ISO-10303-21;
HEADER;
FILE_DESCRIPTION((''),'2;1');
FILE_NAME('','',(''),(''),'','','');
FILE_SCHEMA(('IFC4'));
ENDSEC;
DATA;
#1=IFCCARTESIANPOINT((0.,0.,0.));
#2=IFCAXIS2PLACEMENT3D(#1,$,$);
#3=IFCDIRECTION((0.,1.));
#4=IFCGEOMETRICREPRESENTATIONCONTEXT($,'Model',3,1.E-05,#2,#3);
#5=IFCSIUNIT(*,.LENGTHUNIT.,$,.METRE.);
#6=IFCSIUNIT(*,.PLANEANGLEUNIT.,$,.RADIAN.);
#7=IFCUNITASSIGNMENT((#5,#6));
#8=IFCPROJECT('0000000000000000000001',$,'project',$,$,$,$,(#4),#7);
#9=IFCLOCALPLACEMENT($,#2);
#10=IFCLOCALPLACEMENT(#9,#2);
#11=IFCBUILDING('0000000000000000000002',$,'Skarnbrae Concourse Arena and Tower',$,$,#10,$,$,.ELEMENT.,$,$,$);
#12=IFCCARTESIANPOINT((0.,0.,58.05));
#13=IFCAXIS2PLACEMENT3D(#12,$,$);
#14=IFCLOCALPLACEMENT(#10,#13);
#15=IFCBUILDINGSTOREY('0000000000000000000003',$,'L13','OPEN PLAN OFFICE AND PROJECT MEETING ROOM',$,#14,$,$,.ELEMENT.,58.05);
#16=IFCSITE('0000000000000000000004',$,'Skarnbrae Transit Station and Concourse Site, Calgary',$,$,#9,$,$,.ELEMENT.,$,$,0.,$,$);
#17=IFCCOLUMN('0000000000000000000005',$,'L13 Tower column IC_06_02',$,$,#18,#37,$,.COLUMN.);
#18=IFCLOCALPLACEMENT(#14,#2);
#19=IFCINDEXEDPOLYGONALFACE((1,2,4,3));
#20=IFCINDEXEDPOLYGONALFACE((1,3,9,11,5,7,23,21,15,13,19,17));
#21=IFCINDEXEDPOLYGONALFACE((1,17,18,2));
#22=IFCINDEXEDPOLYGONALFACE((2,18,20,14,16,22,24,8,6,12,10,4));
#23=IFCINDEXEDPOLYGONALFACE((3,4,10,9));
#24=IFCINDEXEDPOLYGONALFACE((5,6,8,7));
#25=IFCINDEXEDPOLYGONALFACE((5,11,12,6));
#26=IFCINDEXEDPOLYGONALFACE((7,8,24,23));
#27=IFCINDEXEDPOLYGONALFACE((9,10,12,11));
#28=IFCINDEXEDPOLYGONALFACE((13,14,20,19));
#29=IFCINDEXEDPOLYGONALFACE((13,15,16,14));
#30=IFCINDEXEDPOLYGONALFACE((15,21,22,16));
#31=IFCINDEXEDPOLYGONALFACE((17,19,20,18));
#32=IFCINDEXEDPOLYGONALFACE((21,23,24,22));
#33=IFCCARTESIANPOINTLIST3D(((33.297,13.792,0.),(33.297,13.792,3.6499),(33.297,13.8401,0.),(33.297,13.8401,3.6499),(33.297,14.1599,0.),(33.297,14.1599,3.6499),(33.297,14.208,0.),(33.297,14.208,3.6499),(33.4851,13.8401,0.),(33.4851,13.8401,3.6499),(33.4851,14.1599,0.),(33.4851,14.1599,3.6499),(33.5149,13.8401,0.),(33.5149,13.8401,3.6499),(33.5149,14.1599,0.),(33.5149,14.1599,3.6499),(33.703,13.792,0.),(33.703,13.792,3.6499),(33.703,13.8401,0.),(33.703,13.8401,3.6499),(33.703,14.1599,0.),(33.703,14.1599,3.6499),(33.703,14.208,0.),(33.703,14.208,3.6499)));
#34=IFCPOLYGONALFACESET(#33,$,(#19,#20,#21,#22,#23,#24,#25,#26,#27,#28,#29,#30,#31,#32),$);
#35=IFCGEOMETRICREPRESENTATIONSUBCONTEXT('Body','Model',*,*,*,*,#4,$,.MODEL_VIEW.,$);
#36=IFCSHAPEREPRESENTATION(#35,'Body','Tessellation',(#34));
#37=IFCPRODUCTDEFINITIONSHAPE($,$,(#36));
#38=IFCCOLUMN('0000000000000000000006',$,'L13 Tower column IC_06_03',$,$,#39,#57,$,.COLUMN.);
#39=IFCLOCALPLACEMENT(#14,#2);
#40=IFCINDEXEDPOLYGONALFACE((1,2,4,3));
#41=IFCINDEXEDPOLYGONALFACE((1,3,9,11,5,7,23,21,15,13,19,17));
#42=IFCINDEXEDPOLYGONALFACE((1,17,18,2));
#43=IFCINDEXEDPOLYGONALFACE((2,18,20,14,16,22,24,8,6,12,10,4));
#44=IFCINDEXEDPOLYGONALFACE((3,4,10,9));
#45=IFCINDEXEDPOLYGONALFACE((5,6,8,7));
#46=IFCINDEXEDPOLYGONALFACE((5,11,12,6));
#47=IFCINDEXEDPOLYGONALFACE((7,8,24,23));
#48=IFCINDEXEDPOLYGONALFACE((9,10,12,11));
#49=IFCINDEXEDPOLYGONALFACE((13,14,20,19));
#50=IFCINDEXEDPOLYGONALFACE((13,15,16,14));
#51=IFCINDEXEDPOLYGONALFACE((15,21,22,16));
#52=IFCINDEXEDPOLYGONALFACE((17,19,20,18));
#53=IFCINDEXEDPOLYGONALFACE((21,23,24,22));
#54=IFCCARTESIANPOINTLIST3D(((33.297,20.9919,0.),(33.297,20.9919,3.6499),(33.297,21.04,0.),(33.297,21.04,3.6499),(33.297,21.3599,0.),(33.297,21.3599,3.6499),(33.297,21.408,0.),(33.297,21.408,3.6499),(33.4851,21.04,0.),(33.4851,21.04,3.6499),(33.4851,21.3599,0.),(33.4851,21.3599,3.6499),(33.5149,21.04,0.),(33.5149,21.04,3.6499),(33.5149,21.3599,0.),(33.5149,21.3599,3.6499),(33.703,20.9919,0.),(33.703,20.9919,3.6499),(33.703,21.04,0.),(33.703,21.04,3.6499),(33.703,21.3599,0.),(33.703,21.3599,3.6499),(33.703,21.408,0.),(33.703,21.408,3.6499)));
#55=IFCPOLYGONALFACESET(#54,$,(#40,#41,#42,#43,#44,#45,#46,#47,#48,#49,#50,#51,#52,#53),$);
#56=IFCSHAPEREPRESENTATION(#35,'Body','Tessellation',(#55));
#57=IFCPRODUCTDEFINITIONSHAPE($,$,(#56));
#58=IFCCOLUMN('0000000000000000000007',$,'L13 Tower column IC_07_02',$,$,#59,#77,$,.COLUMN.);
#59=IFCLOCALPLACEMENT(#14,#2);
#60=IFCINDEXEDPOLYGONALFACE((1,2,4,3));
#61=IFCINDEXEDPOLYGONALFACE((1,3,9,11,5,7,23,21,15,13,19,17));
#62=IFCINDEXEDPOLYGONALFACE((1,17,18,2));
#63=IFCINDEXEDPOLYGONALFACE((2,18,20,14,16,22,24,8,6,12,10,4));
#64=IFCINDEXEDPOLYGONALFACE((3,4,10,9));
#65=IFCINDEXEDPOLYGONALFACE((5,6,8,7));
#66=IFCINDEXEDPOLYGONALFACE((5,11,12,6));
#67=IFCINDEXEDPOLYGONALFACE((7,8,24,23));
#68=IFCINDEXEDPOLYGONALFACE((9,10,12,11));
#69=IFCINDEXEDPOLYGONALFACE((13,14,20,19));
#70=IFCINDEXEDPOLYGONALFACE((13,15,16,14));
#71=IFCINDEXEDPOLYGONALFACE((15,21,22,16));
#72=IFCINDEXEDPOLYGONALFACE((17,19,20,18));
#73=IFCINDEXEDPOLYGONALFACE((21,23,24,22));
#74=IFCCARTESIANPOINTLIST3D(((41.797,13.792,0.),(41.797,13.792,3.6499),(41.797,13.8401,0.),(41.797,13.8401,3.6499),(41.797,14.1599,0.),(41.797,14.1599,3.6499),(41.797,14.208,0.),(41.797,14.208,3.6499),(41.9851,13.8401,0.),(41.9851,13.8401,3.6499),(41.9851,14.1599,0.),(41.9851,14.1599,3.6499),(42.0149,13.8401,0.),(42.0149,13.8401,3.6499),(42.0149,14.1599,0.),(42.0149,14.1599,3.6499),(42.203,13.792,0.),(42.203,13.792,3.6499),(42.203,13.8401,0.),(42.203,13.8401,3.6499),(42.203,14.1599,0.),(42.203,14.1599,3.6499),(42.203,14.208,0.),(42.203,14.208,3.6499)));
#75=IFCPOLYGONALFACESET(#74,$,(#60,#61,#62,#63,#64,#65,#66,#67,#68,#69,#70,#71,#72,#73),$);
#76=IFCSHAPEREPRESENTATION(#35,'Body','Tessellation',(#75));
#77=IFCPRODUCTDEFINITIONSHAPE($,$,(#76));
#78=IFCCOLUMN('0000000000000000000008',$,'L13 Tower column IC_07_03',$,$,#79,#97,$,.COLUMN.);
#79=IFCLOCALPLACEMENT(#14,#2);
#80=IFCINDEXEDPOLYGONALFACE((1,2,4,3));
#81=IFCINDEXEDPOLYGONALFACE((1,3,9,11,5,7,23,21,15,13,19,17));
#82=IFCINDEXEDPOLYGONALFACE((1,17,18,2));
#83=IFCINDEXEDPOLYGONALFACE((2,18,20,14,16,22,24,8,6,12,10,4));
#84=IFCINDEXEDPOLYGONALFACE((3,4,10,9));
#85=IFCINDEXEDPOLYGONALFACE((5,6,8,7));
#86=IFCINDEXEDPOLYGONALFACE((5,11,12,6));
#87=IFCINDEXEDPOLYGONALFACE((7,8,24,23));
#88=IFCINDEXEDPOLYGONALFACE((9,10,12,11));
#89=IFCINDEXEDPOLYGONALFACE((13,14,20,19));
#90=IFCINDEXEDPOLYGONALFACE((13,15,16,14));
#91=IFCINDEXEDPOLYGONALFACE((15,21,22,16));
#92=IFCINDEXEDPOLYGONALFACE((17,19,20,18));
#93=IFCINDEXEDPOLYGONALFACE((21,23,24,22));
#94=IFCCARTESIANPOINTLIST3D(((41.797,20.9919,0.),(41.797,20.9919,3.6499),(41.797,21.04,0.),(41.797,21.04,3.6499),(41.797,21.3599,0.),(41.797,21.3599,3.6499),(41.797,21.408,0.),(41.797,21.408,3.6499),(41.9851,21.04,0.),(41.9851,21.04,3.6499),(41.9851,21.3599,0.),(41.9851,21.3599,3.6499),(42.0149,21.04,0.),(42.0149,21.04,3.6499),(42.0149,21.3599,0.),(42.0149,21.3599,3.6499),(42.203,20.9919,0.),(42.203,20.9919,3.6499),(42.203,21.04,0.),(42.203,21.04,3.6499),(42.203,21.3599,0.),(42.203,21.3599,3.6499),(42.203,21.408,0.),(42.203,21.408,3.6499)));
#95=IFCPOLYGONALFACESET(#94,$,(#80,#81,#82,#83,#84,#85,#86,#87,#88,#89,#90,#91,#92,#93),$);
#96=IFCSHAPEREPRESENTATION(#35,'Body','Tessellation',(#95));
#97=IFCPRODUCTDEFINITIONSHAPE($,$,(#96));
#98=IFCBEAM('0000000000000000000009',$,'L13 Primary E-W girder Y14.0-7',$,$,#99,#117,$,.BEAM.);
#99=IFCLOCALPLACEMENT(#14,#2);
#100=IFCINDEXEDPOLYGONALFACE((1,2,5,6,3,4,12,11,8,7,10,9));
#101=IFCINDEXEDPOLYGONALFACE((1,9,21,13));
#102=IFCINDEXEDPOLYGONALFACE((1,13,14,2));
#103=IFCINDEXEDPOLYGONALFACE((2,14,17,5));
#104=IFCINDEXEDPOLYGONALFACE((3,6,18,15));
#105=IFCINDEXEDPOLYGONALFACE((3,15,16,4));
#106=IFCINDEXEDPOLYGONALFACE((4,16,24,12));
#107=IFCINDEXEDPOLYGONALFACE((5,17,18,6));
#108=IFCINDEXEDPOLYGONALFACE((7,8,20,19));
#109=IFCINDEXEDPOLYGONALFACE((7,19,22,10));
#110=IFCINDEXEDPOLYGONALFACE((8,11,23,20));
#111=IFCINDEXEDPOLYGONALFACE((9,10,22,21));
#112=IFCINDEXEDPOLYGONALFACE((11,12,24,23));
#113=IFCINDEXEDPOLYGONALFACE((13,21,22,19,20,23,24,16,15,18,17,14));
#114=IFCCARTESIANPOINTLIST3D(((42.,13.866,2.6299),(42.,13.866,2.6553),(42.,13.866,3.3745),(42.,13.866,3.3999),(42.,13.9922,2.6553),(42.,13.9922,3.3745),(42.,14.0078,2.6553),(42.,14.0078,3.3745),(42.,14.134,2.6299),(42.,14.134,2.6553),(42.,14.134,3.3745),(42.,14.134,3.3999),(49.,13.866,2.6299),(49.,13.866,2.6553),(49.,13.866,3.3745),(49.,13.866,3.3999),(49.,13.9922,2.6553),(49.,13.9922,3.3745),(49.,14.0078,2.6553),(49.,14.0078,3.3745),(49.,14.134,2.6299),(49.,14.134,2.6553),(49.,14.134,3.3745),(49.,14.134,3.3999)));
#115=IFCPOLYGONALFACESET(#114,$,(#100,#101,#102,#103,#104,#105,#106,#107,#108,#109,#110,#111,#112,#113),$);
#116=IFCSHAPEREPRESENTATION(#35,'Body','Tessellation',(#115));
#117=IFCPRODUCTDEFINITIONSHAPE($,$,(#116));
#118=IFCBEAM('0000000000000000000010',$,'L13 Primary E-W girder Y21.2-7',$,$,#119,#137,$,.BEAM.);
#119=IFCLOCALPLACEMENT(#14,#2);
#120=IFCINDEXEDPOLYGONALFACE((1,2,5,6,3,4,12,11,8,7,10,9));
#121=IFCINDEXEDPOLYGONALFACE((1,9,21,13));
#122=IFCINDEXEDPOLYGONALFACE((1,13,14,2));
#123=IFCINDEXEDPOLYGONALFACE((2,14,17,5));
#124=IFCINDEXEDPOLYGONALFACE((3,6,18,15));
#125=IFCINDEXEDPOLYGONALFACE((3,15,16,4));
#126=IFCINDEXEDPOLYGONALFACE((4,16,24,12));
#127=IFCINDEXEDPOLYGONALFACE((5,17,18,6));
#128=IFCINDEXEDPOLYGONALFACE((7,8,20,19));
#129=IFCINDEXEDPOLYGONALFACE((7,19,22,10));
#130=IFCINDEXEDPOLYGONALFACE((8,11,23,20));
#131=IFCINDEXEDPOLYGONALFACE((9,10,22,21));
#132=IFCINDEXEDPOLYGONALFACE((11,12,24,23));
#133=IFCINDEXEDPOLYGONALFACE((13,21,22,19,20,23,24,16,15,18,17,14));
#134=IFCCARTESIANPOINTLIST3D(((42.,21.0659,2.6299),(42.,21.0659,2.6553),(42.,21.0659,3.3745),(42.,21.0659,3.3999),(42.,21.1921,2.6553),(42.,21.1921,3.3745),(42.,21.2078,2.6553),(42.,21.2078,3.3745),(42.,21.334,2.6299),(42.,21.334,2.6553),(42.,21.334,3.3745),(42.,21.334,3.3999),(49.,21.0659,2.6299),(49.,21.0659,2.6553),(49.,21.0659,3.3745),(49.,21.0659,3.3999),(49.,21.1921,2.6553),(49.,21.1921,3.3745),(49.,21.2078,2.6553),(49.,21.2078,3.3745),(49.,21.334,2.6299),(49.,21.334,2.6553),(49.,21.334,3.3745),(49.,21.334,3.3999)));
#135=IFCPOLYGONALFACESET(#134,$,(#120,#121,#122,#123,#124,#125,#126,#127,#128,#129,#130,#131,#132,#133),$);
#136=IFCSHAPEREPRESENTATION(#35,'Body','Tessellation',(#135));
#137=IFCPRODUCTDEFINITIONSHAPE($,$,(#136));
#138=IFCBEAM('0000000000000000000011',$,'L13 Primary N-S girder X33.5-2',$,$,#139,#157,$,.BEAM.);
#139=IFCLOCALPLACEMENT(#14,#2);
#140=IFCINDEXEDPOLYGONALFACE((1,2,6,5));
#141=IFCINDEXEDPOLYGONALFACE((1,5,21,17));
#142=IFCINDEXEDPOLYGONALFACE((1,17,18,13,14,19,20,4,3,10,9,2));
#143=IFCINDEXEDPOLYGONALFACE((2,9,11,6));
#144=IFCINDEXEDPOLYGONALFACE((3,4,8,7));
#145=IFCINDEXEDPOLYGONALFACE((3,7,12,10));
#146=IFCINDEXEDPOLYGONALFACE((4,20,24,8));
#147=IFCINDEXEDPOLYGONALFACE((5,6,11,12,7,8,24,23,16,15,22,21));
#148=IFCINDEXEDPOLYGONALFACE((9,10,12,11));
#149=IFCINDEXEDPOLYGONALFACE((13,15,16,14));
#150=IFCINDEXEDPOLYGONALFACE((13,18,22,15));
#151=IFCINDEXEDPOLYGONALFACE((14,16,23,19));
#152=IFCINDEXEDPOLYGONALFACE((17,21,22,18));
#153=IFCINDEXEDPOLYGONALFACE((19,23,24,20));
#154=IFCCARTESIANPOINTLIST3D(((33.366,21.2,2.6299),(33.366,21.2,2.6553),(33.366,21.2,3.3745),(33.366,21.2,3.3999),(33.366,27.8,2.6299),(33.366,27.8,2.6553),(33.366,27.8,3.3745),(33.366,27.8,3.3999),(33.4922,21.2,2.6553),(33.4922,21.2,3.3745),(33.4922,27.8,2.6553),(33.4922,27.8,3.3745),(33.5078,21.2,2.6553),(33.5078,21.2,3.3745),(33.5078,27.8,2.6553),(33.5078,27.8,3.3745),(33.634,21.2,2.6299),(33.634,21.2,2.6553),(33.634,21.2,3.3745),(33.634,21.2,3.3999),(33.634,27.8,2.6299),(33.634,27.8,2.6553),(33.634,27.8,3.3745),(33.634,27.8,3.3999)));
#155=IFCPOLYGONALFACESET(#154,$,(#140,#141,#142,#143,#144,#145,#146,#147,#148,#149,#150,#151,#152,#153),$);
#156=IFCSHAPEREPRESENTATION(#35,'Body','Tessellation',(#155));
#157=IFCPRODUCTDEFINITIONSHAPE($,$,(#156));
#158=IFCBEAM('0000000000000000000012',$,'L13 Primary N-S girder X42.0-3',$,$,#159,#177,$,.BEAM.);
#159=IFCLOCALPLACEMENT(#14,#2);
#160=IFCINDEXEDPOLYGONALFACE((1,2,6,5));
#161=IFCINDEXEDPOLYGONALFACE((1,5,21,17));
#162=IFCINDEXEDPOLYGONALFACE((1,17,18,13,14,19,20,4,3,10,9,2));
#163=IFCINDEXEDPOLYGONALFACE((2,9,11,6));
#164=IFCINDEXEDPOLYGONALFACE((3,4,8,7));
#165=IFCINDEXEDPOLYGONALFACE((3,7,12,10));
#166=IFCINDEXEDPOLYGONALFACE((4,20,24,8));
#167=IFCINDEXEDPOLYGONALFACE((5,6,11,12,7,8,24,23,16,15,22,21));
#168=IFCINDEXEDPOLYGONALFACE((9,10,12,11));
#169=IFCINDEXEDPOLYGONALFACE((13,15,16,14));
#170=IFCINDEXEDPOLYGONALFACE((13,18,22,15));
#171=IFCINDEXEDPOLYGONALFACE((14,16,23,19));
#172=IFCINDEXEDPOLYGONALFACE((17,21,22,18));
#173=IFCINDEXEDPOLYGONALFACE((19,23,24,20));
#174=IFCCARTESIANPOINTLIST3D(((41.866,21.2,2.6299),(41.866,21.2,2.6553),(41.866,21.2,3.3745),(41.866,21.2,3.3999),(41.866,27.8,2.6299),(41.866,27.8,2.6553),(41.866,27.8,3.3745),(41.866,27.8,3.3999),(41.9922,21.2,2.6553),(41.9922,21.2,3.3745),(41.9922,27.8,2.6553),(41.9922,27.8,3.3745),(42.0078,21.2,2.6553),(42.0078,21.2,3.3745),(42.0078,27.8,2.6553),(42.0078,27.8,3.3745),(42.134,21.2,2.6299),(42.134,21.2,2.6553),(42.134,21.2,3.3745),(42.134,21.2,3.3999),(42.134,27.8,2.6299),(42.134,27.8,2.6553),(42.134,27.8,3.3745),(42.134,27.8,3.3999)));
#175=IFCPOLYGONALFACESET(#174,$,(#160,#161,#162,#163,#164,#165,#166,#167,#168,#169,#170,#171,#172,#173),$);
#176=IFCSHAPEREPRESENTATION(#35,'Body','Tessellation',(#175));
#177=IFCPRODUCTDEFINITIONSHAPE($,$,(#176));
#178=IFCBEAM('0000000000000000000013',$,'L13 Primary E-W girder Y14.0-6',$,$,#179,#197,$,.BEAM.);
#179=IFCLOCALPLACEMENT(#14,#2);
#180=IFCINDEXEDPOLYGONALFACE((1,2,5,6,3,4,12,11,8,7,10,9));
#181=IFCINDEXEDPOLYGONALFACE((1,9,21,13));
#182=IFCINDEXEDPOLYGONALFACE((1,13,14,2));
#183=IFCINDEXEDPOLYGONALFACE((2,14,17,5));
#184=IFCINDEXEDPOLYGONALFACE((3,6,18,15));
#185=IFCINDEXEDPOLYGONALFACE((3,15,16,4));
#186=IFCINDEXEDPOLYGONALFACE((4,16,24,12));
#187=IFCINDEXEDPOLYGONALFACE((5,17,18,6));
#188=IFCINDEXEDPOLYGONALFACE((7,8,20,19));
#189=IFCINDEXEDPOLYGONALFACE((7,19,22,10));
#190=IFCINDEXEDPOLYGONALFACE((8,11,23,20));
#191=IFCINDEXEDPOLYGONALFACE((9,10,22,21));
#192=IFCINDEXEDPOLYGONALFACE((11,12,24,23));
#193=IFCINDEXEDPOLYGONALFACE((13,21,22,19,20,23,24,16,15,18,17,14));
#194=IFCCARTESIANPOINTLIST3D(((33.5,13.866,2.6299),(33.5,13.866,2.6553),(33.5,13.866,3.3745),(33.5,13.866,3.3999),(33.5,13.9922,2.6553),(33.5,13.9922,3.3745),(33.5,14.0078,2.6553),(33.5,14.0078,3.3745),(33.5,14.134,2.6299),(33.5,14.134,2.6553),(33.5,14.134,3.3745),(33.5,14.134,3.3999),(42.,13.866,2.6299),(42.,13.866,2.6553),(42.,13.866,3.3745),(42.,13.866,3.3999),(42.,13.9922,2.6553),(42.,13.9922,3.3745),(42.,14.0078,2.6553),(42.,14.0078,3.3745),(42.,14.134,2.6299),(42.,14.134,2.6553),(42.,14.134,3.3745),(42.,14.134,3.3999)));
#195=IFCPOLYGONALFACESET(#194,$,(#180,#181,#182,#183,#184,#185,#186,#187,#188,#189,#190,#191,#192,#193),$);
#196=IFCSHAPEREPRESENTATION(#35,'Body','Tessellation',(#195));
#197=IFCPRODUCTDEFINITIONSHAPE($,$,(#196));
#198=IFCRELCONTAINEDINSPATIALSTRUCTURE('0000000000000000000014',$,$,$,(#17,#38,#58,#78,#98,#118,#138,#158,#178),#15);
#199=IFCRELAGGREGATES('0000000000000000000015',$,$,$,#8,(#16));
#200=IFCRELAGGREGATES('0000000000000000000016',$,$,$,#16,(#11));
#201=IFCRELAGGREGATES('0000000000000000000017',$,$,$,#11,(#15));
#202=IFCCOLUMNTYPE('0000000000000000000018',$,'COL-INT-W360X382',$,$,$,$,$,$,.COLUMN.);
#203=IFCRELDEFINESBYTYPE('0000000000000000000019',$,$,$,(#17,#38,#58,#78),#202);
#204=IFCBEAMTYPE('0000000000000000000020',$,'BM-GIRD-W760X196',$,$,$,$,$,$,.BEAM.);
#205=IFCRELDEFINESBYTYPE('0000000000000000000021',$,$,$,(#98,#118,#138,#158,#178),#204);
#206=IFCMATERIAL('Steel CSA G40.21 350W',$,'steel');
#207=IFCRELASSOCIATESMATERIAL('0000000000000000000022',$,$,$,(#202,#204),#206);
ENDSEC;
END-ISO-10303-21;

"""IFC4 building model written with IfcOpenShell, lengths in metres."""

from ifc_helpers import new_model, si_unit, direction, frame, origin, origin_2d, place, context, subcontext, project, spatial, i_section, extrude, source, transform, mapped, material, material_profile, profile_set, type_object, element, save


model = new_model("IFC4")

# Units and contexts
model_context = context("Model", 3, precision=1e-05, world=origin(), true_north=direction((0.0, 1.0)))
body_context = subcontext(model_context, "Body", "Model", "MODEL_VIEW")
ifc_project = project(units=[si_unit("LENGTHUNIT", "METRE"), si_unit("PLANEANGLEUNIT", "RADIAN")], contexts=[model_context])

# Site, building, storey
site_placement = place(None, origin())
site = spatial("IfcSite", under=ifc_project, at=site_placement, Name="Skarnbrae Transit Station and Concourse Site, Calgary", CompositionType="ELEMENT", RefElevation=0.0)
building_placement = place(site_placement, origin())
building = spatial("IfcBuilding", under=site, at=building_placement, Name="Skarnbrae Concourse Arena and Tower", CompositionType="ELEMENT")
storey_placement = place(building_placement, frame((0.0, 0.0, 58.05)))
storey = spatial("IfcBuildingStorey", under=building, at=storey_placement, Name="L13", Description="OPEN PLAN OFFICE AND PROJECT MEETING ROOM", CompositionType="ELEMENT", Elevation=58.05)

# Columns
ifc_material_1 = material(Name="Steel CSA G40.21 350W", Category="steel")
ifc_material_profile_1 = material_profile(ifc_material_1, i_section(OverallWidth=0.406, OverallDepth=0.416, WebThickness=0.0298, FlangeThickness=0.0481, at=origin_2d()), Name="W360X382")
ifc_profile_set_1 = profile_set([ifc_material_profile_1], Name="Steel CSA G40.21 350W")
column_type = type_object("IfcColumnType", Name="COL-INT-W360X382", PredefinedType="COLUMN", material=ifc_profile_set_1)
shared_shape_1 = source(origin(), body_context, "Body", "SweptSolid", [
    extrude(i_section(OverallWidth=0.406, OverallDepth=0.416, WebThickness=0.0298, FlangeThickness=0.0481, at=origin_2d()), origin(), (0.0, 0.0, 1.0), 3.6499),
])
for number, where, z_axis, x_axis, name in (
    (1, (33.5, 14.0, 0.0), (0.0, 0.0, 1.0), (1.0, 0.0, 0.0), "L13 Tower column IC_06_02"),
    (2, (33.5, 21.2, 0.0), (0.0, 0.0, 1.0), (1.0, 0.0, 0.0), "L13 Tower column IC_06_03"),
    (3, (42.0, 14.0, 0.0), (0.0, 0.0, 1.0), (1.0, 0.0, 0.0), "L13 Tower column IC_07_02"),
    (4, (42.0, 21.2, 0.0), (0.0, 0.0, 1.0), (1.0, 0.0, 0.0), "L13 Tower column IC_07_03"),
):
    element("IfcColumn", number, at=place(storey_placement, frame(where, z_axis=z_axis, x_axis=x_axis)), inside=storey, type_object=column_type, Name=name, PredefinedType="COLUMN", context=body_context, shape_type="MappedRepresentation", body=[
        mapped(shared_shape_1, transform((0.0, 0.0, 0.0))),
    ])

# Beams
ifc_material_profile_2 = material_profile(ifc_material_1, i_section(OverallWidth=0.2681, OverallDepth=0.77, WebThickness=0.0156, FlangeThickness=0.0254, at=origin_2d()), Name="W760X196")
ifc_profile_set_2 = profile_set([ifc_material_profile_2], Name="Steel CSA G40.21 350W")
beam_type_1 = type_object("IfcBeamType", Name="BM-GIRD-W760X196", PredefinedType="BEAM", material=ifc_profile_set_2)
shared_shape_2 = source(origin(), body_context, "Body", "SweptSolid", [
    extrude(i_section(OverallWidth=0.2681, OverallDepth=0.77, WebThickness=0.0156, FlangeThickness=0.0254, at=origin_2d()), origin(), (0.0, 0.0, 1.0), 7.0),
])
for number, where, z_axis, x_axis, name in (
    (5, (42.0, 14.0, 3.0149), (1.0, 0.0, 0.0), (0.0, 1.0, 0.0), "L13 Primary E-W girder Y14.0-7"),
    (6, (42.0, 21.2, 3.0149), (1.0, 0.0, 0.0), (0.0, 1.0, 0.0), "L13 Primary E-W girder Y21.2-7"),
):
    element("IfcBeam", number, at=place(storey_placement, frame(where, z_axis=z_axis, x_axis=x_axis)), inside=storey, type_object=beam_type_1, Name=name, PredefinedType="BEAM", context=body_context, shape_type="MappedRepresentation", body=[
        mapped(shared_shape_2, transform((0.0, 0.0, 0.0))),
    ])
shared_shape_3 = source(origin(), body_context, "Body", "SweptSolid", [
    extrude(i_section(OverallWidth=0.2681, OverallDepth=0.77, WebThickness=0.0156, FlangeThickness=0.0254, at=origin_2d()), origin(), (0.0, 0.0, 1.0), 6.6001),
])
for number, where, z_axis, x_axis, name in (
    (7, (33.5, 21.2, 3.0149), (0.0, 1.0, 0.0), (-1.0, 0.0, 0.0), "L13 Primary N-S girder X33.5-2"),
    (8, (42.0, 21.2, 3.0149), (0.0, 1.0, 0.0), (-1.0, 0.0, 0.0), "L13 Primary N-S girder X42.0-3"),
):
    element("IfcBeam", number, at=place(storey_placement, frame(where, z_axis=z_axis, x_axis=x_axis)), inside=storey, type_object=beam_type_1, Name=name, PredefinedType="BEAM", context=body_context, shape_type="MappedRepresentation", body=[
        mapped(shared_shape_3, transform((0.0, 0.0, 0.0))),
    ])
shared_shape_4 = source(origin(), body_context, "Body", "SweptSolid", [
    extrude(i_section(OverallWidth=0.2681, OverallDepth=0.77, WebThickness=0.0156, FlangeThickness=0.0254, at=origin_2d()), origin(), (0.0, 0.0, 1.0), 8.5),
])
for number, where, z_axis, x_axis, name in (
    (9, (33.5, 14.0, 3.0149), (1.0, 0.0, 0.0), (0.0, 1.0, 0.0), "L13 Primary E-W girder Y14.0-6"),
):
    element("IfcBeam", number, at=place(storey_placement, frame(where, z_axis=z_axis, x_axis=x_axis)), inside=storey, type_object=beam_type_1, Name=name, PredefinedType="BEAM", context=body_context, shape_type="MappedRepresentation", body=[
        mapped(shared_shape_4, transform((0.0, 0.0, 0.0))),
    ])

save(model, "model.ifc")
